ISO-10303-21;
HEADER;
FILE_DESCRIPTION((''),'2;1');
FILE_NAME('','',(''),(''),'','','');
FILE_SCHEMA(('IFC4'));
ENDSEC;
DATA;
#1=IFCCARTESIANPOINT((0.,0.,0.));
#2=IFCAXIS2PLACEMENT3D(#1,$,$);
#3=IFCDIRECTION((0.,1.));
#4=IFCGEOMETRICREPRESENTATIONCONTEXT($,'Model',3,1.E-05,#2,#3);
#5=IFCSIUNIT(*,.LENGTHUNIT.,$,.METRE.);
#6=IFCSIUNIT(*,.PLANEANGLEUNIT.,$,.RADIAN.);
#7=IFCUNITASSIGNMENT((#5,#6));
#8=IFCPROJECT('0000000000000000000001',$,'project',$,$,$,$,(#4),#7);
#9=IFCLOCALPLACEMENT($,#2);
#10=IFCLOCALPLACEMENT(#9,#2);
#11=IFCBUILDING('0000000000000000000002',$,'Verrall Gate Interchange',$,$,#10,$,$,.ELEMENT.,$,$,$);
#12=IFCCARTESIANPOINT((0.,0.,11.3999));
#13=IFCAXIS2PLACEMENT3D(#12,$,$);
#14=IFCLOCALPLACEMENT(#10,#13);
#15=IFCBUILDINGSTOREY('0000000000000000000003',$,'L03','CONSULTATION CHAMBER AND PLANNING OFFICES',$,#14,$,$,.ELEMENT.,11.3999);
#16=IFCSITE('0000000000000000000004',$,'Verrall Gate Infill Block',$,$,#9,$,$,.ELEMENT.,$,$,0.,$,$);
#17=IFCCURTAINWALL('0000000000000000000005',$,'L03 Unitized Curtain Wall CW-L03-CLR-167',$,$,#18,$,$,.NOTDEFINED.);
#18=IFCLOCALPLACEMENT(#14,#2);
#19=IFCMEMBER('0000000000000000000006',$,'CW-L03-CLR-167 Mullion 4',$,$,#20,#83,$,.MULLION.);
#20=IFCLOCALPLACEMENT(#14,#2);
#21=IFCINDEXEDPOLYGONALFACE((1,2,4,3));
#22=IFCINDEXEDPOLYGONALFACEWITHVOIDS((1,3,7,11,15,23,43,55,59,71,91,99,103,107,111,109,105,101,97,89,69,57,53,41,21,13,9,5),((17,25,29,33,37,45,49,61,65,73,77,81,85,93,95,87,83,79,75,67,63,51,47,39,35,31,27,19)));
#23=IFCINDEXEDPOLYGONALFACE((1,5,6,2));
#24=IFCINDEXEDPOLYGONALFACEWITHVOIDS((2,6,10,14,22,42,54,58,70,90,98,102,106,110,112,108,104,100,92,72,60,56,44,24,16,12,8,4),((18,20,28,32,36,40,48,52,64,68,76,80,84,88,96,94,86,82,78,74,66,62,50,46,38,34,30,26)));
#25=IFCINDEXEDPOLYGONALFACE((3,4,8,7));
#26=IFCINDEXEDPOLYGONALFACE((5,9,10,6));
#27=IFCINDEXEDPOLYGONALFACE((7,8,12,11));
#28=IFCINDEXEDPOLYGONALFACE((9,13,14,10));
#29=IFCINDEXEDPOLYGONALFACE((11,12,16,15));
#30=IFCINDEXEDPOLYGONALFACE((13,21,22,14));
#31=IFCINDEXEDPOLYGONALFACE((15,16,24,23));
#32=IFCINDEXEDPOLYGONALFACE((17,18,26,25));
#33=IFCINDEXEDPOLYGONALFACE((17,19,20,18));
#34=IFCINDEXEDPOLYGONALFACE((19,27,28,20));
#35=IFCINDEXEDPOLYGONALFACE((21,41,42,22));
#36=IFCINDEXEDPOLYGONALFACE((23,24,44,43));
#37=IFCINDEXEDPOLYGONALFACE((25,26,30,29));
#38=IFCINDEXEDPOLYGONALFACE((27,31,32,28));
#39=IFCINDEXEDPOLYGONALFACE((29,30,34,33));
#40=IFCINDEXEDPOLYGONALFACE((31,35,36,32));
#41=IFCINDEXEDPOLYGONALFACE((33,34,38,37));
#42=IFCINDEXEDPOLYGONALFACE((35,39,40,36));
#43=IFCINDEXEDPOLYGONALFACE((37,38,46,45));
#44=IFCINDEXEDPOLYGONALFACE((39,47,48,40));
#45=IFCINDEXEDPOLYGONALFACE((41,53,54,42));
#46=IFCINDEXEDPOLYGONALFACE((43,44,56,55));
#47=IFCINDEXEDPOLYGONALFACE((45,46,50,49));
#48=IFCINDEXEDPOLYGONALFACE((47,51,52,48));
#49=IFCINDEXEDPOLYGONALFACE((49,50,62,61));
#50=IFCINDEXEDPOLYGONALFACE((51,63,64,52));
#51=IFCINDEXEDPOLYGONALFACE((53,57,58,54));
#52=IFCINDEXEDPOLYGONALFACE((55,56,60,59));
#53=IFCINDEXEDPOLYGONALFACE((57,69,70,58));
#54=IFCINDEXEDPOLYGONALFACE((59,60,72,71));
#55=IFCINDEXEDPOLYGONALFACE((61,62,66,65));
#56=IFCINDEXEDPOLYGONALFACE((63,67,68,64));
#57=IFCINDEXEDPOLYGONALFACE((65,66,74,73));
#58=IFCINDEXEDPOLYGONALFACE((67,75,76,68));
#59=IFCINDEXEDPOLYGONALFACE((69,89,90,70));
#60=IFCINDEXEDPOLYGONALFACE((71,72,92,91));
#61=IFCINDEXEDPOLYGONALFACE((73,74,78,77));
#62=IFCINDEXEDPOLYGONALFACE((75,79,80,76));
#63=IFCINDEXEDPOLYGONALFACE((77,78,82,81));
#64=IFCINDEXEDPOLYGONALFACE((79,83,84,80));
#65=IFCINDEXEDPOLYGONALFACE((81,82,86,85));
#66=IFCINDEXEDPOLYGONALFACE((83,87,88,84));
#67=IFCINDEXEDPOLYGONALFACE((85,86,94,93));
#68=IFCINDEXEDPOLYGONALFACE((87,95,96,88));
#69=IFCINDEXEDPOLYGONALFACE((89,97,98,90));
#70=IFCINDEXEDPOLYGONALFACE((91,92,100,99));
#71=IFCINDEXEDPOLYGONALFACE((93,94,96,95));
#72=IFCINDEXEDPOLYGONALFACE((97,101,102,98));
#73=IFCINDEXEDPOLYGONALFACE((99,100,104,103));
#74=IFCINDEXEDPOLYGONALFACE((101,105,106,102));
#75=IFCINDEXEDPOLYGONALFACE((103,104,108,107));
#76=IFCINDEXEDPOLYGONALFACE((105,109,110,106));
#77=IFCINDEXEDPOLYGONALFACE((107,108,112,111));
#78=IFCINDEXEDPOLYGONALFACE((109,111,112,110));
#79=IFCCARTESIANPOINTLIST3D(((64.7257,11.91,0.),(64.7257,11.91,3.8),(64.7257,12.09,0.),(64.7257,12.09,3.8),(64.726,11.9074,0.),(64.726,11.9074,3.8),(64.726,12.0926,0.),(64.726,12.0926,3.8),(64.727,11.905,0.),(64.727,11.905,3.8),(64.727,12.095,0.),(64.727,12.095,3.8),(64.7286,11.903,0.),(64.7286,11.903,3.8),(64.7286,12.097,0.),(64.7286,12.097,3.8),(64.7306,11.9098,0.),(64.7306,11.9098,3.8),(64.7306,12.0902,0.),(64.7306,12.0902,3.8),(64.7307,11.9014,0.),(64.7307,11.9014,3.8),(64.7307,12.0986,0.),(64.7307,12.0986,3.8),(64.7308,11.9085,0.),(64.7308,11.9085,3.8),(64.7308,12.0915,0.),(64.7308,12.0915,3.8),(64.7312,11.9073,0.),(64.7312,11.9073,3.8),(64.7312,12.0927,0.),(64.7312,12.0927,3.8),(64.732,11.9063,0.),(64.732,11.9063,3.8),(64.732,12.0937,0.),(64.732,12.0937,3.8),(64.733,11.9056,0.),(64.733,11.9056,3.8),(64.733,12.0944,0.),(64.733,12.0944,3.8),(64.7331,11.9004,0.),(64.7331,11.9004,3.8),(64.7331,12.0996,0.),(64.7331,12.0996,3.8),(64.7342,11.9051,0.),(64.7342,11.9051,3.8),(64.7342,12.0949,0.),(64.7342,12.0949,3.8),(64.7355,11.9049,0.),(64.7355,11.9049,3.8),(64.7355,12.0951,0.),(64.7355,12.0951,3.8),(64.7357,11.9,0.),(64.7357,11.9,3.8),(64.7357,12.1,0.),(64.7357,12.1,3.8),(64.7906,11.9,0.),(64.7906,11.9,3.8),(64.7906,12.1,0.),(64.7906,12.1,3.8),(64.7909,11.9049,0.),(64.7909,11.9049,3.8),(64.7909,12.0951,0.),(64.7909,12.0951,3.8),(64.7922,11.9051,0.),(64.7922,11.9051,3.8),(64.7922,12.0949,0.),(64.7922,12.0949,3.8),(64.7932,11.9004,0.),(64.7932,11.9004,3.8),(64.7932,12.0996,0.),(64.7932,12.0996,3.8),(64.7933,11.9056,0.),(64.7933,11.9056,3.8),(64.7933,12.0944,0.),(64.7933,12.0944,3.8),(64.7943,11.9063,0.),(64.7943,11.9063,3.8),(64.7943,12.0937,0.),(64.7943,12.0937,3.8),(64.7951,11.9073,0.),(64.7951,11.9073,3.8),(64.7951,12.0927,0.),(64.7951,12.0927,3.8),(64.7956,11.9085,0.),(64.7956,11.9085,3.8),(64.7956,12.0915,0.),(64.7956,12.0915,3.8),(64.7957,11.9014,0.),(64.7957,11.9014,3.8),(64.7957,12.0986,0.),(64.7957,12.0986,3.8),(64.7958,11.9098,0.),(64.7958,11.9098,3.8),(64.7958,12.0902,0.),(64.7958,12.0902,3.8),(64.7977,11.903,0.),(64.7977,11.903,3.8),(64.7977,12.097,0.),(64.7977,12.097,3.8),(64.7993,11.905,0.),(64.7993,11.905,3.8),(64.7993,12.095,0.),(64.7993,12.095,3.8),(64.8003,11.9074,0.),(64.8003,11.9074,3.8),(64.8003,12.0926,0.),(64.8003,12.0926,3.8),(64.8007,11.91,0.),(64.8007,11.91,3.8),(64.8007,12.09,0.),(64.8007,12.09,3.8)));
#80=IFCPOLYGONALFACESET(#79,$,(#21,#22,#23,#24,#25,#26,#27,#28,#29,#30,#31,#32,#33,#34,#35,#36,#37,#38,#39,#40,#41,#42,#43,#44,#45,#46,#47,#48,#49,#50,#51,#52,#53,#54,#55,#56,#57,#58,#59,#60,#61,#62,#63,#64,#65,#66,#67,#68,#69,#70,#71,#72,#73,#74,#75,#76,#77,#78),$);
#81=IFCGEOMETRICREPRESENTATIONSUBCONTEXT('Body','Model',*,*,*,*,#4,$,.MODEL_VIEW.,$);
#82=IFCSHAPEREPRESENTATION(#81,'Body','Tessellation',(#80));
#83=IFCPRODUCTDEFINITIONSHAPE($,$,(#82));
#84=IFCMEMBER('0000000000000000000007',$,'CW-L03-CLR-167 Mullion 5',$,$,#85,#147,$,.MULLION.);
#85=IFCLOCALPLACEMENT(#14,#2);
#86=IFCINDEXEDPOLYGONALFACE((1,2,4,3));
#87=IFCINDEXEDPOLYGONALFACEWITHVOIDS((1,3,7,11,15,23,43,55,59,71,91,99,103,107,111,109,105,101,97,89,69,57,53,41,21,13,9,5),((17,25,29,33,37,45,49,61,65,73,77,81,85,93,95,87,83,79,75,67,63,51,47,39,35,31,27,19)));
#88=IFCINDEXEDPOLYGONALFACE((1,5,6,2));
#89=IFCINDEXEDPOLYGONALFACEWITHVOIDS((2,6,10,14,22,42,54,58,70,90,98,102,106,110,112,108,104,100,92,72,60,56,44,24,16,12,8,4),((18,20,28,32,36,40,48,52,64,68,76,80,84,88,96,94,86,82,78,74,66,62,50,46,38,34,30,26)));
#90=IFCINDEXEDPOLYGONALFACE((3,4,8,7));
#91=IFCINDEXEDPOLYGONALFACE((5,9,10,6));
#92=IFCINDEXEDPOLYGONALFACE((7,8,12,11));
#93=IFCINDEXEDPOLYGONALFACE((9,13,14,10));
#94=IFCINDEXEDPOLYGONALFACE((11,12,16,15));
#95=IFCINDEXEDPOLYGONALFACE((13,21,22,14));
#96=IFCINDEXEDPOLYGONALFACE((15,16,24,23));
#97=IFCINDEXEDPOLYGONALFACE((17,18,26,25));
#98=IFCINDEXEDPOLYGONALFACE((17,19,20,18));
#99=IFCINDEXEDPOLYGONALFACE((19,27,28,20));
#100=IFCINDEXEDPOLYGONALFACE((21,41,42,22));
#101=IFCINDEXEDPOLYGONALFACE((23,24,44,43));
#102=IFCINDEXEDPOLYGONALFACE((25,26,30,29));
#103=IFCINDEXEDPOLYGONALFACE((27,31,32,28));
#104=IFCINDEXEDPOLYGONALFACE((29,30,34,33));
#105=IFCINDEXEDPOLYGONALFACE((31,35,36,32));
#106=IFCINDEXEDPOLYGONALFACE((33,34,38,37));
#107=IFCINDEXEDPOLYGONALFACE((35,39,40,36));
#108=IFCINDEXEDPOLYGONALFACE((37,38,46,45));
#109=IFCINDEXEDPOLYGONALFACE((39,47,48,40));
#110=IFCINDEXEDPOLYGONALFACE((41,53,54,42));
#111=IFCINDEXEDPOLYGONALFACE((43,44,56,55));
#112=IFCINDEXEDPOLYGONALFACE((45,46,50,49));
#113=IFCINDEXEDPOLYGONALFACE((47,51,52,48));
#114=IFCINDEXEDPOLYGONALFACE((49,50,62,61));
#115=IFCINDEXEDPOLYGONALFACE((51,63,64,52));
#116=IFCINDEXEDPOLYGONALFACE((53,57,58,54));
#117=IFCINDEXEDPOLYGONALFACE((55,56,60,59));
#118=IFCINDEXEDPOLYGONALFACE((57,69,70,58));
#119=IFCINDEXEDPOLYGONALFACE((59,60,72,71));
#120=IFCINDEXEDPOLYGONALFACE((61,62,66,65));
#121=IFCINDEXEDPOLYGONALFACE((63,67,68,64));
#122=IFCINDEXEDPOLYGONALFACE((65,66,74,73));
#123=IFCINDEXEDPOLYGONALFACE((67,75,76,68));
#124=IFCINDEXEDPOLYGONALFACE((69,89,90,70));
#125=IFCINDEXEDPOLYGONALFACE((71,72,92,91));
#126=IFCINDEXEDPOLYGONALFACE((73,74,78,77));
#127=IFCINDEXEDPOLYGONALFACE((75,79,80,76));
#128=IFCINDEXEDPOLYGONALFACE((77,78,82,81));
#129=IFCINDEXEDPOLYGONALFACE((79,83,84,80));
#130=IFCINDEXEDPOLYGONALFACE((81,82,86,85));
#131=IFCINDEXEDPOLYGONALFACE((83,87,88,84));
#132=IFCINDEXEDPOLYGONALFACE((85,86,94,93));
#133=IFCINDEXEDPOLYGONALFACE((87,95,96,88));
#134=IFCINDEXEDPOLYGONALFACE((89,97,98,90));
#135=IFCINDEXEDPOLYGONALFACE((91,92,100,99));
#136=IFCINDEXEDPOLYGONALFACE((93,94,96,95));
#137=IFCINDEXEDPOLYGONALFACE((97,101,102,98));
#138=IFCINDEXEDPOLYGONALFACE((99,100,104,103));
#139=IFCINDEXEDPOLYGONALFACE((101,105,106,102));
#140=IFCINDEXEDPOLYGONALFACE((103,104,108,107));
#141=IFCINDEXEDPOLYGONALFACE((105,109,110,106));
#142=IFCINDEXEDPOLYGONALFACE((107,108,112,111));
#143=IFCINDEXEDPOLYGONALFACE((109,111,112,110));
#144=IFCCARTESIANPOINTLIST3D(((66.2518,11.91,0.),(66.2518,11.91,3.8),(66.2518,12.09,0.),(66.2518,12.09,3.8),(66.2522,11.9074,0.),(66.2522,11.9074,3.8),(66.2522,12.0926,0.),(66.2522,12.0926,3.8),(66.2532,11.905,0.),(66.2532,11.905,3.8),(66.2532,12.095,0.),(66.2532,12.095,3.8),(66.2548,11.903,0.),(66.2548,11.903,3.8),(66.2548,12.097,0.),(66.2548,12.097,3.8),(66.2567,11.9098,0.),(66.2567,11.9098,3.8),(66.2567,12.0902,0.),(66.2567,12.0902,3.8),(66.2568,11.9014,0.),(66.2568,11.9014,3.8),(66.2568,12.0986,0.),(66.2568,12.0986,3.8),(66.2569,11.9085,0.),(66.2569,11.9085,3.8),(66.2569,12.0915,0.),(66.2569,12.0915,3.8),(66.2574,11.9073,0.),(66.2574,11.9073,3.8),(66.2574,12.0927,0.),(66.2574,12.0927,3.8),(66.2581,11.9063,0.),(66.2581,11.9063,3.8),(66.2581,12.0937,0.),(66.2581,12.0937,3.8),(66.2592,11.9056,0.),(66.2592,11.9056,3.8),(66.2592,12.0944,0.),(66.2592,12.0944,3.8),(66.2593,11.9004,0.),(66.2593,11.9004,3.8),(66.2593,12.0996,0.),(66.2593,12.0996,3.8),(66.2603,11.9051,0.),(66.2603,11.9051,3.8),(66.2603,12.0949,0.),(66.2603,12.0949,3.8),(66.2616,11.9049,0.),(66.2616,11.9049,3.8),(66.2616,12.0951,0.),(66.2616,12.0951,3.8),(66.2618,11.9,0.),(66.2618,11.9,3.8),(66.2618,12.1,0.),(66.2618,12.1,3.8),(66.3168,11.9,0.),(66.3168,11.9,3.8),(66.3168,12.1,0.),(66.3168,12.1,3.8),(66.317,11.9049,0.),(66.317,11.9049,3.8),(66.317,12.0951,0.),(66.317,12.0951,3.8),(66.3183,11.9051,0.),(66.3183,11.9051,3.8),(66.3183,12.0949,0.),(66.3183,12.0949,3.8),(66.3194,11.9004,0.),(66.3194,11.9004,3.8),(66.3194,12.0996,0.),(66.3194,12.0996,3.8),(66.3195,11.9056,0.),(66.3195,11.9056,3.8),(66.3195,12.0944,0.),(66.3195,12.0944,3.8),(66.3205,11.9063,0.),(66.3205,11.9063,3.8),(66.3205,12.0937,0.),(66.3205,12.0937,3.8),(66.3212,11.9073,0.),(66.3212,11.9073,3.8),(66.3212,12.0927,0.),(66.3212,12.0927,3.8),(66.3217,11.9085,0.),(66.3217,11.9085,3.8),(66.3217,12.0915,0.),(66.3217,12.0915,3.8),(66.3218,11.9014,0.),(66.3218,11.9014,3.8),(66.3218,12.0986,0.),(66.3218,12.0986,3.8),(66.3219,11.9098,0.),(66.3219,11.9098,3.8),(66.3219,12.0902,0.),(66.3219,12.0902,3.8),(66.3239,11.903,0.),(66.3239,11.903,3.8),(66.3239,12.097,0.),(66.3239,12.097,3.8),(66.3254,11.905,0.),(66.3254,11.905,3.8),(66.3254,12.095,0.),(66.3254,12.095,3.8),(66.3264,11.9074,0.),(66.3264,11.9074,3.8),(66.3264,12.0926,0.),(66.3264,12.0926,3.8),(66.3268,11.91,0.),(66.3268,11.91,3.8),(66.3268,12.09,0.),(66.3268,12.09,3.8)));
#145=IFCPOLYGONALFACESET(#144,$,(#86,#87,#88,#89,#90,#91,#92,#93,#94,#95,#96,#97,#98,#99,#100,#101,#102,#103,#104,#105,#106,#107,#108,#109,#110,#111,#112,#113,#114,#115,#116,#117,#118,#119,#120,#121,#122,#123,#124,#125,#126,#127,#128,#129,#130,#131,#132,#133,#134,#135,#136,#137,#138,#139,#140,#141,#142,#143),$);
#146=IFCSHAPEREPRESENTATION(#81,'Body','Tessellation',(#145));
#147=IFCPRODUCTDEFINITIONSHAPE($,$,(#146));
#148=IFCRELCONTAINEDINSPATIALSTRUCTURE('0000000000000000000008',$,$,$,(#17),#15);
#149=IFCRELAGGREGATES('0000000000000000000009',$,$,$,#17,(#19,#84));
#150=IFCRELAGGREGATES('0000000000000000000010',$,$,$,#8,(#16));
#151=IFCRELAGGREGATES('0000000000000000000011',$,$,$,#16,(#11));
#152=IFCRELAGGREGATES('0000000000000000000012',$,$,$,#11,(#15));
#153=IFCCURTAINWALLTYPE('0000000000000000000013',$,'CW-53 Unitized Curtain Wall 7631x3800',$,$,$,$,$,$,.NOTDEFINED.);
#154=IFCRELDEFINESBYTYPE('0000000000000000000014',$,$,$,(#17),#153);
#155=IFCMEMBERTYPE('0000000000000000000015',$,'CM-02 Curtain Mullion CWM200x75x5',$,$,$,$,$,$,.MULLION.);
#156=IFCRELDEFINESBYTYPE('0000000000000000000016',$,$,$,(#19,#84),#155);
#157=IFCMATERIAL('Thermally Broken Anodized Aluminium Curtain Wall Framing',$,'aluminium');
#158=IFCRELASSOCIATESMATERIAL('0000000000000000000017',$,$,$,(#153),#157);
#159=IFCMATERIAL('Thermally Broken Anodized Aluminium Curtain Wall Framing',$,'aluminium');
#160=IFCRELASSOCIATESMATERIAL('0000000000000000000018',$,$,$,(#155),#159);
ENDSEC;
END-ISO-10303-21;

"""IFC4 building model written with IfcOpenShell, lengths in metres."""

from ifc_helpers import new_model, si_unit, direction, frame, origin, origin_2d, place, context, subcontext, project, spatial, hollow_rectangle, extrude, material, material_profile, profile_set, type_object, element, aggregate, save


model = new_model("IFC4")

# Units and contexts
model_context = context("Model", 3, precision=1e-05, world=origin(), true_north=direction((0.0, 1.0)))
body_context = subcontext(model_context, "Body", "Model", "MODEL_VIEW")
ifc_project = project(units=[si_unit("LENGTHUNIT", "METRE"), si_unit("PLANEANGLEUNIT", "RADIAN")], contexts=[model_context])

# Site, building, storey
site_placement = place(None, origin())
site = spatial("IfcSite", under=ifc_project, at=site_placement, Name="Verrall Gate Infill Block", CompositionType="ELEMENT", RefElevation=0.0)
building_placement = place(site_placement, origin())
building = spatial("IfcBuilding", under=site, at=building_placement, Name="Verrall Gate Interchange", CompositionType="ELEMENT")
storey_placement = place(building_placement, frame((0.0, 0.0, 11.3999)))
storey = spatial("IfcBuildingStorey", under=building, at=storey_placement, Name="L03", Description="CONSULTATION CHAMBER AND PLANNING OFFICES", CompositionType="ELEMENT", Elevation=11.3999)

# Curtain wall, members
ifc_material_1 = material(Name="Thermally Broken Anodized Aluminium Curtain Wall Framing", Category="aluminium")
curtain_wall_type = type_object("IfcCurtainWallType", Name="CW-53 Unitized Curtain Wall 7631x3800", PredefinedType="NOTDEFINED", material=ifc_material_1)
curtain_wall_placement = place(storey_placement, origin())
curtain_wall = element("IfcCurtainWall", 1, at=curtain_wall_placement, inside=storey, type_object=curtain_wall_type, Name="L03 Unitized Curtain Wall CW-L03-CLR-167", PredefinedType="NOTDEFINED")
ifc_material_2 = material(Name="Thermally Broken Anodized Aluminium Curtain Wall Framing", Category="aluminium")
ifc_material_profile_1 = material_profile(ifc_material_2, hollow_rectangle(XDim=0.075, YDim=0.2, WallThickness=0.0049, InnerFilletRadius=0.0049, OuterFilletRadius=0.01, at=origin_2d()), Name="CWM200x75x5")
ifc_profile_set_1 = profile_set([ifc_material_profile_1], Name="Thermally Broken Anodized Aluminium Curtain Wall Framing")
member_type_1 = type_object("IfcMemberType", Name="CM-02 Curtain Mullion CWM200x75x5", PredefinedType="MULLION", material=ifc_profile_set_1)
member_1_placement = place(storey_placement, frame((64.7632, 12.0, 0.0), z_axis=(0.0, 0.0, 1.0), x_axis=(1.0, 0.0, 0.0)))
member_1 = element("IfcMember", 2, at=member_1_placement, type_object=member_type_1, Name="CW-L03-CLR-167 Mullion 4", PredefinedType="MULLION", context=body_context, shape_type="SweptSolid", body=[
    extrude(hollow_rectangle(XDim=0.075, YDim=0.2, WallThickness=0.0049, InnerFilletRadius=0.0049, OuterFilletRadius=0.01, at=origin_2d()), origin(), (0.0, 0.0, 1.0), 3.8),
])
member_2_placement = place(storey_placement, frame((66.2893, 12.0, 0.0), z_axis=(0.0, 0.0, 1.0), x_axis=(1.0, 0.0, 0.0)))
member_2 = element("IfcMember", 3, at=member_2_placement, type_object=member_type_1, Name="CW-L03-CLR-167 Mullion 5", PredefinedType="MULLION", context=body_context, shape_type="SweptSolid", body=[
    extrude(hollow_rectangle(XDim=0.075, YDim=0.2, WallThickness=0.0049, InnerFilletRadius=0.0049, OuterFilletRadius=0.01, at=origin_2d()), origin(), (0.0, 0.0, 1.0), 3.8),
])

aggregate(curtain_wall, [member_1, member_2])

save(model, "model.ifc")
